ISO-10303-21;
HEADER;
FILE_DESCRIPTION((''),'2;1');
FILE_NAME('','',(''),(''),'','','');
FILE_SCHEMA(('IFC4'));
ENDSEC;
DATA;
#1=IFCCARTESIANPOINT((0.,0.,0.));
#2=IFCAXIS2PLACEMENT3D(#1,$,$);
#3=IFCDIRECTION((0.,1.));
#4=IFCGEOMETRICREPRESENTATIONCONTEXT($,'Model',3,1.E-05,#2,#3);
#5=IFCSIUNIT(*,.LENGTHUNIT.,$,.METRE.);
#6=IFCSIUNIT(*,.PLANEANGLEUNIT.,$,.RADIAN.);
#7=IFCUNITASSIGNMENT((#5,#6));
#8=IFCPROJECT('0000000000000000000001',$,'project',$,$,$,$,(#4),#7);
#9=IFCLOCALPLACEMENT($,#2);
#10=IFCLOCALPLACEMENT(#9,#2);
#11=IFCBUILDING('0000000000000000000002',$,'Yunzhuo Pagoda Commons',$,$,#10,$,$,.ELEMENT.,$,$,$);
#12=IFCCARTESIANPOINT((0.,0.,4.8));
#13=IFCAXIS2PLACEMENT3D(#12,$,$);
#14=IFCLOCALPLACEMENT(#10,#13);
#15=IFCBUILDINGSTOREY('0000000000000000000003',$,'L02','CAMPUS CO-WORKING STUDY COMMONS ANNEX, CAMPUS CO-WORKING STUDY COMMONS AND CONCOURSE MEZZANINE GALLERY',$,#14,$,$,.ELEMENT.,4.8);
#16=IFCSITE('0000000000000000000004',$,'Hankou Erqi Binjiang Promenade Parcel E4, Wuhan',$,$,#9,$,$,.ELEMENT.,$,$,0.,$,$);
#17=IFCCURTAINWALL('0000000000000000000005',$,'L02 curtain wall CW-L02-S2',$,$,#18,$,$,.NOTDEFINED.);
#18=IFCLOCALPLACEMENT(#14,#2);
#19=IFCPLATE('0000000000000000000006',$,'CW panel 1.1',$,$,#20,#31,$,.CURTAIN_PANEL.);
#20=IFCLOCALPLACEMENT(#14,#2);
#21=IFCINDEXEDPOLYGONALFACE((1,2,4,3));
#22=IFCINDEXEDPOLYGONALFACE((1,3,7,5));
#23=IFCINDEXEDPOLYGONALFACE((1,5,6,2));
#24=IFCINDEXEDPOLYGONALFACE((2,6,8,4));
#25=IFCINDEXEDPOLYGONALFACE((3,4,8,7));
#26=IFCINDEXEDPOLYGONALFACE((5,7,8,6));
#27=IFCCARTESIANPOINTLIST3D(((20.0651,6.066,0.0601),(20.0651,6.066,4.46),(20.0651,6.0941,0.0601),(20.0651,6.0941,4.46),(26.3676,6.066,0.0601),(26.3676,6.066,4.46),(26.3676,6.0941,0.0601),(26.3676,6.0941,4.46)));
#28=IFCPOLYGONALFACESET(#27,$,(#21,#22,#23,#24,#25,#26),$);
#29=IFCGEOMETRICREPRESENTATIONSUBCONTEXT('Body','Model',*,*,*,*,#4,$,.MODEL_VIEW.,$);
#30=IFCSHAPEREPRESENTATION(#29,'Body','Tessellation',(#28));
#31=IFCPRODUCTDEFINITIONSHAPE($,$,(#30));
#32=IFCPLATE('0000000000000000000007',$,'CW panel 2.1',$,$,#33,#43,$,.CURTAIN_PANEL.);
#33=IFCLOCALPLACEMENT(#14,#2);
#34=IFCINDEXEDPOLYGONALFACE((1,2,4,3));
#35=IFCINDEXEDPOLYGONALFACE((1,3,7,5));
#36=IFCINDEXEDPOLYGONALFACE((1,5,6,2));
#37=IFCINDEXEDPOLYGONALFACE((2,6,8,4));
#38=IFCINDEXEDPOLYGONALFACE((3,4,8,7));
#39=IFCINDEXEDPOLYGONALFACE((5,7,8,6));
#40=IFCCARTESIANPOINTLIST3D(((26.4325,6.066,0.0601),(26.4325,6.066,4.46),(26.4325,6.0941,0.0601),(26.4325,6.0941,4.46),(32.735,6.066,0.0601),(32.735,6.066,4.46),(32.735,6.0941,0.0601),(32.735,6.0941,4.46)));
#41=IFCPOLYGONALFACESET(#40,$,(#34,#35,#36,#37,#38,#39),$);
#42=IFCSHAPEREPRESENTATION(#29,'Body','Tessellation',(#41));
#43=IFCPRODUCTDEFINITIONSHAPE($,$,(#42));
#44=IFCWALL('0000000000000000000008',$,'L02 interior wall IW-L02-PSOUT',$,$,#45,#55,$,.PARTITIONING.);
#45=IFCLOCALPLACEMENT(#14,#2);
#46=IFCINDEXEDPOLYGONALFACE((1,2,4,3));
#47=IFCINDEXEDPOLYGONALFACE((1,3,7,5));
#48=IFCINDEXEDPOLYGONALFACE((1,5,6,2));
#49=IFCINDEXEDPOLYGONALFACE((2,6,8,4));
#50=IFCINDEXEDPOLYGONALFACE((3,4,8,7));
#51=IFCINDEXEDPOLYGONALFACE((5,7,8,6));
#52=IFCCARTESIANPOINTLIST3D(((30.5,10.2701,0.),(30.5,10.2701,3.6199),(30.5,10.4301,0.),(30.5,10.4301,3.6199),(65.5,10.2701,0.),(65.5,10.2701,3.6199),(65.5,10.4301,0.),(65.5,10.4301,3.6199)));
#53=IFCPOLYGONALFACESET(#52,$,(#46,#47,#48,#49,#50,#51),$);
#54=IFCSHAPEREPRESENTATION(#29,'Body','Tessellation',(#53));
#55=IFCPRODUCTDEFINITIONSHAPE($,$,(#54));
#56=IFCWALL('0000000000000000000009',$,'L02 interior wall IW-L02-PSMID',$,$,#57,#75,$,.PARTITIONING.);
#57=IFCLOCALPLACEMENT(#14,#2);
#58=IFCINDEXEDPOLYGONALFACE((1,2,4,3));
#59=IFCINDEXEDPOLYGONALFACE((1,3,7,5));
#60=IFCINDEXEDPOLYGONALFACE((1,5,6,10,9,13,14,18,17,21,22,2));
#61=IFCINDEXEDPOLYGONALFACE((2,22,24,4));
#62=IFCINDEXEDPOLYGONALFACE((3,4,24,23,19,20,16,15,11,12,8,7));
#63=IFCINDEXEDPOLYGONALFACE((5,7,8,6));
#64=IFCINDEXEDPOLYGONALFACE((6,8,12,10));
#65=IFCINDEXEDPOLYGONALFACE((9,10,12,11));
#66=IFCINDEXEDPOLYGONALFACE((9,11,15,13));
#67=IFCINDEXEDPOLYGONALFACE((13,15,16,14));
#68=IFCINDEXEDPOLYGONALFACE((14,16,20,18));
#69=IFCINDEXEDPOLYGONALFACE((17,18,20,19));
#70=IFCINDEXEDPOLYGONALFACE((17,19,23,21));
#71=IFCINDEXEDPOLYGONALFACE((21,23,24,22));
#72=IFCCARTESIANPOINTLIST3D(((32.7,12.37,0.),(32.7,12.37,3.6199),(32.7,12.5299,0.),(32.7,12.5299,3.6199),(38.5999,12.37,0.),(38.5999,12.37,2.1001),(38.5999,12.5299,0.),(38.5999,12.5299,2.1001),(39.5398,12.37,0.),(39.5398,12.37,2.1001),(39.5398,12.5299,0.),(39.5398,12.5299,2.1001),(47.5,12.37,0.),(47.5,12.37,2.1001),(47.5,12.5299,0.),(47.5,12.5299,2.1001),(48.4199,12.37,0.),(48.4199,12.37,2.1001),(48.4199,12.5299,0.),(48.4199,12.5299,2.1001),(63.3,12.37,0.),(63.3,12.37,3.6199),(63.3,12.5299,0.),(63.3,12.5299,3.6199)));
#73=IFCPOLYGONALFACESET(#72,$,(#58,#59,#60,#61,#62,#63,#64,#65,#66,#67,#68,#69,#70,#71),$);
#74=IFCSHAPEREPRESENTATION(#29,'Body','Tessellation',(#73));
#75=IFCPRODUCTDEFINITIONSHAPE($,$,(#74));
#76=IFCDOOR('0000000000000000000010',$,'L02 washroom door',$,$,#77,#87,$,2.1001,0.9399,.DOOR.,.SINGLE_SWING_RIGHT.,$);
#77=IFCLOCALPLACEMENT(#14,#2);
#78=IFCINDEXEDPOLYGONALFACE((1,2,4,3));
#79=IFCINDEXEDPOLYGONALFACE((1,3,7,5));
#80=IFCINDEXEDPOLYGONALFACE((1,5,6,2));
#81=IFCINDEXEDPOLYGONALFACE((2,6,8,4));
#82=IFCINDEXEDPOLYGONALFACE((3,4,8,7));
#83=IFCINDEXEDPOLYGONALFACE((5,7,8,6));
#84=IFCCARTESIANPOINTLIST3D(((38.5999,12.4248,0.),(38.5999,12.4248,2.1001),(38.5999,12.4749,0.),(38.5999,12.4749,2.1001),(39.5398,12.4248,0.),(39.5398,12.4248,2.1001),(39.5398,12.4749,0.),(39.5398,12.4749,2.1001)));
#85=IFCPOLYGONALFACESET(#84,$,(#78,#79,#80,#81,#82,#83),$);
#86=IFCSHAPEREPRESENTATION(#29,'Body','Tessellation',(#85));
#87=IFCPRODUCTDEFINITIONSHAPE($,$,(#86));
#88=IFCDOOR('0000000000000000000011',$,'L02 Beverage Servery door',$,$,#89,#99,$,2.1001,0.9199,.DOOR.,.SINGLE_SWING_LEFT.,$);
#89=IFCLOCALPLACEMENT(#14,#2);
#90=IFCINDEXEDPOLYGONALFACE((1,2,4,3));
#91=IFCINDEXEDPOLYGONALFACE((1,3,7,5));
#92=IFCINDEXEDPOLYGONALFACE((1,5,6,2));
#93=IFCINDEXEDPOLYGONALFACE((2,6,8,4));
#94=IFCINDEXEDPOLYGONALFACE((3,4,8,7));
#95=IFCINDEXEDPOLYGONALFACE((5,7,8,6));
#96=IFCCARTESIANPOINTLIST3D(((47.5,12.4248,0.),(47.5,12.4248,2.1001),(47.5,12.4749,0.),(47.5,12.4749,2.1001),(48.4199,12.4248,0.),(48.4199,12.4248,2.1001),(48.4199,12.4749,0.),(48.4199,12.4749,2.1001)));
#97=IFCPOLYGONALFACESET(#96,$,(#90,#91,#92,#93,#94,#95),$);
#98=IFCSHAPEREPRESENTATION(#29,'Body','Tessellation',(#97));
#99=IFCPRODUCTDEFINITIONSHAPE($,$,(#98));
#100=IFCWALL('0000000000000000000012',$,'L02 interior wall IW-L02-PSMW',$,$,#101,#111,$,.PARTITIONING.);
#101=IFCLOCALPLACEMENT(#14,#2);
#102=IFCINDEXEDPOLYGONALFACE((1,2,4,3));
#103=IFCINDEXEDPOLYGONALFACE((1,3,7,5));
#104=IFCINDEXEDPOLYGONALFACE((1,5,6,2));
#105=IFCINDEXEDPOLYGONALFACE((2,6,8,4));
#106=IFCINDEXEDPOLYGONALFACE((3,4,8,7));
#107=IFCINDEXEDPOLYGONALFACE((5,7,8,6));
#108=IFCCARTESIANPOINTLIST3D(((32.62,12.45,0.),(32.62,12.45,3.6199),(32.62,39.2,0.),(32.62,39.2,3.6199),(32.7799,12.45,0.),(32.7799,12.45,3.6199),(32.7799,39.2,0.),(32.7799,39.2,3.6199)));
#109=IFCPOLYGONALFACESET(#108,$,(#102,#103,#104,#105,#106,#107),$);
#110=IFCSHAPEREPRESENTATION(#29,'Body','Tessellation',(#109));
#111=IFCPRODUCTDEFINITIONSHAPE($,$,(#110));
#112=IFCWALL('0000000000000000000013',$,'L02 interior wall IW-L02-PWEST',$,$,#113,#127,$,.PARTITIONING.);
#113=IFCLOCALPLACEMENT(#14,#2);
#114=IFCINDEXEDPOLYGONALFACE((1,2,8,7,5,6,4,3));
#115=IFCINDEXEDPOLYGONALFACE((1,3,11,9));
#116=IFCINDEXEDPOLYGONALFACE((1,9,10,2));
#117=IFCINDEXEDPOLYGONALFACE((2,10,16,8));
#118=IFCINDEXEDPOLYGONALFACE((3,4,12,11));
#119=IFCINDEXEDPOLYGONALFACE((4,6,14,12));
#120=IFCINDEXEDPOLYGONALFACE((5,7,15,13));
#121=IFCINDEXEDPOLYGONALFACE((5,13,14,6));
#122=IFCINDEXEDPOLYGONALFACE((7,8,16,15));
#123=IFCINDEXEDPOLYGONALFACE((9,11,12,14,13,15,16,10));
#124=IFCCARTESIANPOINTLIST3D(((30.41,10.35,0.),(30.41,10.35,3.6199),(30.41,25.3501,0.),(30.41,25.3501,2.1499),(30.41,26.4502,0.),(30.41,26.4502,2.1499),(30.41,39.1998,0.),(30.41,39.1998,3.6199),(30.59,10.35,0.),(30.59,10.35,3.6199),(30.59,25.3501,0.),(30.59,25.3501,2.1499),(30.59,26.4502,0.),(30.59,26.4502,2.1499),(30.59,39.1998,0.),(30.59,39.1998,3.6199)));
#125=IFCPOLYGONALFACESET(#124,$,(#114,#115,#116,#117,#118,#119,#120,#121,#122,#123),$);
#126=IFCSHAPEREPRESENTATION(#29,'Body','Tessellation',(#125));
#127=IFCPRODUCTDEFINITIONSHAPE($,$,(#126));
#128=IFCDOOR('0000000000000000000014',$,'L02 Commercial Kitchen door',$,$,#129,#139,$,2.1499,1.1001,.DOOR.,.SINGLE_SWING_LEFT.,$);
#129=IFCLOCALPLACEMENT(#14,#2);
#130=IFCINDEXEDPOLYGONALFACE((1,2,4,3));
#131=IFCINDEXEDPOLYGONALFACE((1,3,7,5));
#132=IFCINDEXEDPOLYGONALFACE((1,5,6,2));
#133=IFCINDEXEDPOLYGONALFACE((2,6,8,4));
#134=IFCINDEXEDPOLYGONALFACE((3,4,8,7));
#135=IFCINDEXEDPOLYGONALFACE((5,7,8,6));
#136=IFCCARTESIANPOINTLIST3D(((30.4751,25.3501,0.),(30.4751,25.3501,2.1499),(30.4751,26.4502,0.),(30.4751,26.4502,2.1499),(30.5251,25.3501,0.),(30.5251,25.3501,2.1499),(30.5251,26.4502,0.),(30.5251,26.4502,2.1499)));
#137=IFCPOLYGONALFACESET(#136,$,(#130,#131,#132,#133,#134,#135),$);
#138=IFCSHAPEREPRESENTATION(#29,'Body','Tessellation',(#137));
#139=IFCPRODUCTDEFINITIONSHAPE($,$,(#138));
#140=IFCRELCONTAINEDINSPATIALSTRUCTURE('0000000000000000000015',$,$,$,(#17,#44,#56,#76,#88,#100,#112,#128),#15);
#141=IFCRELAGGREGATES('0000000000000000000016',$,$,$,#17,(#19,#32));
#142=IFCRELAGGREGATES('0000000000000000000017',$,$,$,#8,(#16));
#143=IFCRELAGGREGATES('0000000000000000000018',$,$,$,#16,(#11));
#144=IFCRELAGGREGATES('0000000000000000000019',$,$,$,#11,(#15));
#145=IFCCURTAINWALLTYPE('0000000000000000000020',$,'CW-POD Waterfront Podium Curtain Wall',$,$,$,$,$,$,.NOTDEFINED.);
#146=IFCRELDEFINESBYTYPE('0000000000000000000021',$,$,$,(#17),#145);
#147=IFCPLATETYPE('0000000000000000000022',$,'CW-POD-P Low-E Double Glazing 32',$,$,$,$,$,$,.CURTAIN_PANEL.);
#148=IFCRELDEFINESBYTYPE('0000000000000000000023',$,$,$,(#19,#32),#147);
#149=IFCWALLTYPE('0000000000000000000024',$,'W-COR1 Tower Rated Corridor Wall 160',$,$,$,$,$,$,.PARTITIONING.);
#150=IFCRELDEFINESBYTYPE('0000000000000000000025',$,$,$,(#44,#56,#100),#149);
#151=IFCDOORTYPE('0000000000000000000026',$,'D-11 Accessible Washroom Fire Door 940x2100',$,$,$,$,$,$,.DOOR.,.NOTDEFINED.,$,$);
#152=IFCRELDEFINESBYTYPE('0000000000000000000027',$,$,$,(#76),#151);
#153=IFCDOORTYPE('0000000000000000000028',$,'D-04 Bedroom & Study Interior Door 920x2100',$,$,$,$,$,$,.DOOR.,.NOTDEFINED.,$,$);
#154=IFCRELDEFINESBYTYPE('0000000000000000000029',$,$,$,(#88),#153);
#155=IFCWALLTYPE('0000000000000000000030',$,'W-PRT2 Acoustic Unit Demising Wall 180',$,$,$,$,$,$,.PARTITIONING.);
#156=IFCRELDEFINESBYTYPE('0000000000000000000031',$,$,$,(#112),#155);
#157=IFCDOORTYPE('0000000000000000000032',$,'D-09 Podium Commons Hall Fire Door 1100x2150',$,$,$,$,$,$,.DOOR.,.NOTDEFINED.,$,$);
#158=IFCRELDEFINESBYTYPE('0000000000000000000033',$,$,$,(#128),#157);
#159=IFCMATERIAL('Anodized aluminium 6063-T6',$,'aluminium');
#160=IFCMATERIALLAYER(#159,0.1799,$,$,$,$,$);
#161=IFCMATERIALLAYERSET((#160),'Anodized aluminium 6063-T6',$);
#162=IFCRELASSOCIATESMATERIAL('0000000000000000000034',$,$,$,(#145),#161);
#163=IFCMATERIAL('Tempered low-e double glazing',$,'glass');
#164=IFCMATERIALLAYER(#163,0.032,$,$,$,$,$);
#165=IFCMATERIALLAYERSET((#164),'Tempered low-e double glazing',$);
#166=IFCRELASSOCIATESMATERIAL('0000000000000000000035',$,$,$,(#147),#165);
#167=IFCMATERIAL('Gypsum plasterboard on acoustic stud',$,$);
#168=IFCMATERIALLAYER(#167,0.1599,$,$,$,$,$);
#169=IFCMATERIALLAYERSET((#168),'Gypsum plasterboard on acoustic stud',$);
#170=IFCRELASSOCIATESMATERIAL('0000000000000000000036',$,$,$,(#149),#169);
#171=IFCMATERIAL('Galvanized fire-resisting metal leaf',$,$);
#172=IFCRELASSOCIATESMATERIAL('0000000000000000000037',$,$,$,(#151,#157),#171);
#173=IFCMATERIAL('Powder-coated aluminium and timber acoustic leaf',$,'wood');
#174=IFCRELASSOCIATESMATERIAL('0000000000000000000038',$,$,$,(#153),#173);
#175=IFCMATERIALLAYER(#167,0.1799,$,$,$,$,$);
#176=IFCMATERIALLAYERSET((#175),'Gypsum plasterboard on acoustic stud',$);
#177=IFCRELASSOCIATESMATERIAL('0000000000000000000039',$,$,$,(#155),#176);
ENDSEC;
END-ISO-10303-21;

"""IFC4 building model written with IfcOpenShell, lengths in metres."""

from ifc_helpers import new_model, si_unit, direction, frame, frame_2d, origin, origin_with_axes, origin_2d, place, context, subcontext, project, spatial, rectangle, extrude, source, transform, mapped, material, layer, layer_set, type_object, element, fill, aggregate, save


model = new_model("IFC4")

# Units and contexts
model_context = context("Model", 3, precision=1e-05, world=origin(), true_north=direction((0.0, 1.0)))
body_context = subcontext(model_context, "Body", "Model", "MODEL_VIEW")
ifc_project = project(units=[si_unit("LENGTHUNIT", "METRE"), si_unit("PLANEANGLEUNIT", "RADIAN")], contexts=[model_context])

# Site, building, storey
site_placement = place(None, origin())
site = spatial("IfcSite", under=ifc_project, at=site_placement, Name="Hankou Erqi Binjiang Promenade Parcel E4, Wuhan", CompositionType="ELEMENT", RefElevation=0.0)
building_placement = place(site_placement, origin())
building = spatial("IfcBuilding", under=site, at=building_placement, Name="Yunzhuo Pagoda Commons", CompositionType="ELEMENT")
storey_placement = place(building_placement, frame((0.0, 0.0, 4.8)))
storey = spatial("IfcBuildingStorey", under=building, at=storey_placement, Name="L02", Description="CAMPUS CO-WORKING STUDY COMMONS ANNEX, CAMPUS CO-WORKING STUDY COMMONS AND CONCOURSE MEZZANINE GALLERY", CompositionType="ELEMENT", Elevation=4.8)

# Curtain wall
ifc_material_1 = material(Name="Anodized aluminium 6063-T6", Category="aluminium")
ifc_layer_1 = layer(ifc_material_1, 0.1799)
ifc_layer_set_1 = layer_set([ifc_layer_1], Name="Anodized aluminium 6063-T6")
curtain_wall_type = type_object("IfcCurtainWallType", Name="CW-POD Waterfront Podium Curtain Wall", PredefinedType="NOTDEFINED", material=ifc_layer_set_1)
curtain_wall_1_placement = place(storey_placement, origin())
curtain_wall_1 = element("IfcCurtainWall", 1, at=curtain_wall_1_placement, inside=storey, type_object=curtain_wall_type, Name="L02 curtain wall CW-L02-S2", PredefinedType="NOTDEFINED")

# Plates
ifc_material_2 = material(Name="Tempered low-e double glazing", Category="glass")
ifc_layer_2 = layer(ifc_material_2, 0.032)
ifc_layer_set_2 = layer_set([ifc_layer_2], Name="Tempered low-e double glazing")
plate_type = type_object("IfcPlateType", Name="CW-POD-P Low-E Double Glazing 32", PredefinedType="CURTAIN_PANEL", material=ifc_layer_set_2)
shared_shape_1 = source(origin(), body_context, "Body", "SweptSolid", [
    extrude(rectangle(XDim=6.3025, YDim=0.0281, at=origin_2d()), origin(), (0.0, 0.0, 1.0), 4.3999),
])
plate_1_placement = place(storey_placement, frame((23.2163, 6.0801, 0.0601), z_axis=(0.0, 0.0, 1.0), x_axis=(1.0, 0.0, 0.0)))
plate_1 = element("IfcPlate", 2, at=plate_1_placement, type_object=plate_type, Name="CW panel 1.1", PredefinedType="CURTAIN_PANEL", context=body_context, shape_type="MappedRepresentation", body=[
    mapped(shared_shape_1, transform((0.0, 0.0, 0.0), scale=1.0)),
])
plate_2_placement = place(storey_placement, frame((29.5837, 6.0801, 0.0601), z_axis=(0.0, 0.0, 1.0), x_axis=(1.0, 0.0, 0.0)))
plate_2 = element("IfcPlate", 3, at=plate_2_placement, type_object=plate_type, Name="CW panel 2.1", PredefinedType="CURTAIN_PANEL", context=body_context, shape_type="MappedRepresentation", body=[
    mapped(shared_shape_1, transform((0.0, 0.0, 0.0), scale=1.0)),
])
aggregate(curtain_wall_1, [plate_1, plate_2])

# Wall
ifc_material_3 = material(Name="Gypsum plasterboard on acoustic stud")
ifc_layer_3 = layer(ifc_material_3, 0.1599)
ifc_layer_set_3 = layer_set([ifc_layer_3], Name="Gypsum plasterboard on acoustic stud")
wall_type_1 = type_object("IfcWallType", Name="W-COR1 Tower Rated Corridor Wall 160", PredefinedType="PARTITIONING", material=ifc_layer_set_3)
wall_1_placement = place(storey_placement, frame((30.5, 10.3501, 0.0), z_axis=(0.0, 0.0, 1.0), x_axis=(1.0, 0.0, 0.0)))
element("IfcWall", 4, at=wall_1_placement, inside=storey, type_object=wall_type_1, Name="L02 interior wall IW-L02-PSOUT", PredefinedType="PARTITIONING", context=body_context, shape_type="SweptSolid", body=[
    extrude(rectangle(XDim=35.0, YDim=0.1599, at=frame_2d((17.5, 0.0))), origin(), (0.0, 0.0, 1.0), 3.6199),
])

# Wall, openings, doors
wall_2_placement = place(storey_placement, frame((32.7, 12.45, 0.0), z_axis=(0.0, 0.0, 1.0), x_axis=(1.0, 0.0, 0.0)))
wall_2 = element("IfcWall", 5, at=wall_2_placement, inside=storey, type_object=wall_type_1, Name="L02 interior wall IW-L02-PSMID", PredefinedType="PARTITIONING", context=body_context, shape_type="SweptSolid", body=[
    extrude(rectangle(XDim=30.6001, YDim=0.1599, at=frame_2d((15.3, 0.0))), origin(), (0.0, 0.0, 1.0), 3.6199),
])
opening_1_placement = place(wall_2_placement, frame((14.8, 0.0, 0.0)))
opening_1 = element("IfcOpeningElement", 6, at=opening_1_placement, cuts=wall_2, PredefinedType="OPENING", context=body_context, shape_type="SweptSolid", body=[
    extrude(rectangle(XDim=0.9199, YDim=2.1001, at=frame_2d((0.46, 1.05))), frame((0.0, 0.0898, 0.0), z_axis=(0.0, -1.0, 0.0), x_axis=(1.0, 0.0, 0.0)), (0.0, 0.0, 1.0), 0.1799),
])
opening_2_placement = place(wall_2_placement, frame((5.8999, 0.0, 0.0)))
opening_2 = element("IfcOpeningElement", 7, at=opening_2_placement, cuts=wall_2, PredefinedType="OPENING", context=body_context, shape_type="SweptSolid", body=[
    extrude(rectangle(XDim=0.9399, YDim=2.1001, at=frame_2d((0.47, 1.05))), frame((0.0, 0.0898, 0.0), z_axis=(0.0, -1.0, 0.0), x_axis=(1.0, 0.0, 0.0)), (0.0, 0.0, 1.0), 0.1799),
])
ifc_material_4 = material(Name="Galvanized fire-resisting metal leaf")
door_type_1 = type_object("IfcDoorType", Name="D-11 Accessible Washroom Fire Door 940x2100", OperationType="NOTDEFINED", PredefinedType="DOOR", material=ifc_material_4)
shared_shape_2 = source(origin(), body_context, "Body", "SweptSolid", [
    extrude(rectangle(XDim=0.9399, YDim=2.1001, at=frame_2d((0.47, 1.05))), frame((0.0, 0.0249, 0.0), z_axis=(0.0, -1.0, 0.0), x_axis=(1.0, 0.0, 0.0)), (0.0, 0.0, 1.0), 0.05),
])
door_1_placement = place(opening_2_placement, origin_with_axes())
door_1 = element("IfcDoor", 8, at=door_1_placement, inside=storey, type_object=door_type_1, Name="L02 washroom door", OperationType="SINGLE_SWING_RIGHT", OverallHeight=2.1001, OverallWidth=0.9399, PredefinedType="DOOR", context=body_context, shape_type="MappedRepresentation", body=[
    mapped(shared_shape_2, transform((0.0, 0.0, 0.0), scale=1.0)),
])
fill(opening_2, door_1)
ifc_material_5 = material(Name="Powder-coated aluminium and timber acoustic leaf", Category="wood")
door_type_2 = type_object("IfcDoorType", Name="D-04 Bedroom & Study Interior Door 920x2100", OperationType="NOTDEFINED", PredefinedType="DOOR", material=ifc_material_5)
shared_shape_3 = source(origin(), body_context, "Body", "SweptSolid", [
    extrude(rectangle(XDim=0.9199, YDim=2.1001, at=frame_2d((0.46, 1.05))), frame((0.0, 0.0249, 0.0), z_axis=(0.0, -1.0, 0.0), x_axis=(1.0, 0.0, 0.0)), (0.0, 0.0, 1.0), 0.05),
])
door_2_placement = place(opening_1_placement, origin_with_axes())
door_2 = element("IfcDoor", 9, at=door_2_placement, inside=storey, type_object=door_type_2, Name="L02 Beverage Servery door", OperationType="SINGLE_SWING_LEFT", OverallHeight=2.1001, OverallWidth=0.9199, PredefinedType="DOOR", context=body_context, shape_type="MappedRepresentation", body=[
    mapped(shared_shape_3, transform((0.0, 0.0, 0.0), scale=1.0)),
])
fill(opening_1, door_2)

# Wall
wall_3_placement = place(storey_placement, frame((32.7, 12.45, 0.0), z_axis=(0.0, 0.0, 1.0), x_axis=(0.0, 1.0, 0.0)))
element("IfcWall", 10, at=wall_3_placement, inside=storey, type_object=wall_type_1, Name="L02 interior wall IW-L02-PSMW", PredefinedType="PARTITIONING", context=body_context, shape_type="SweptSolid", body=[
    extrude(rectangle(XDim=26.75, YDim=0.1599, at=frame_2d((13.375, 0.0))), origin(), (0.0, 0.0, 1.0), 3.6199),
])

# Wall, opening, door
ifc_layer_4 = layer(ifc_material_3, 0.1799)
ifc_layer_set_4 = layer_set([ifc_layer_4], Name="Gypsum plasterboard on acoustic stud")
wall_type_2 = type_object("IfcWallType", Name="W-PRT2 Acoustic Unit Demising Wall 180", PredefinedType="PARTITIONING", material=ifc_layer_set_4)
wall_4_placement = place(storey_placement, frame((30.5, 10.3501, 0.0), z_axis=(0.0, 0.0, 1.0), x_axis=(0.0, 1.0, 0.0)))
wall_4 = element("IfcWall", 11, at=wall_4_placement, inside=storey, type_object=wall_type_2, Name="L02 interior wall IW-L02-PWEST", PredefinedType="PARTITIONING", context=body_context, shape_type="SweptSolid", body=[
    extrude(rectangle(XDim=28.8499, YDim=0.1799, at=frame_2d((14.4248, 0.0))), origin(), (0.0, 0.0, 1.0), 3.6199),
])
opening_3_placement = place(wall_4_placement, frame((15.0, 0.0, 0.0)))
opening_3 = element("IfcOpeningElement", 12, at=opening_3_placement, cuts=wall_4, PredefinedType="OPENING", context=body_context, shape_type="SweptSolid", body=[
    extrude(rectangle(XDim=1.1001, YDim=2.1499, at=frame_2d((0.55, 1.075))), frame((0.0, 0.1001, 0.0), z_axis=(0.0, -1.0, 0.0), x_axis=(1.0, 0.0, 0.0)), (0.0, 0.0, 1.0), 0.2),
])
door_type_3 = type_object("IfcDoorType", Name="D-09 Podium Commons Hall Fire Door 1100x2150", OperationType="NOTDEFINED", PredefinedType="DOOR", material=ifc_material_4)
shared_shape_4 = source(origin(), body_context, "Body", "SweptSolid", [
    extrude(rectangle(XDim=1.1001, YDim=2.1499, at=frame_2d((0.55, 1.075))), frame((0.0, 0.0249, 0.0), z_axis=(0.0, -1.0, 0.0), x_axis=(1.0, 0.0, 0.0)), (0.0, 0.0, 1.0), 0.05),
])
door_3_placement = place(opening_3_placement, origin_with_axes())
door_3 = element("IfcDoor", 13, at=door_3_placement, inside=storey, type_object=door_type_3, Name="L02 Commercial Kitchen door", OperationType="SINGLE_SWING_LEFT", OverallHeight=2.1499, OverallWidth=1.1001, PredefinedType="DOOR", context=body_context, shape_type="MappedRepresentation", body=[
    mapped(shared_shape_4, transform((0.0, 0.0, 0.0), scale=1.0)),
])
fill(opening_3, door_3)

save(model, "model.ifc")
